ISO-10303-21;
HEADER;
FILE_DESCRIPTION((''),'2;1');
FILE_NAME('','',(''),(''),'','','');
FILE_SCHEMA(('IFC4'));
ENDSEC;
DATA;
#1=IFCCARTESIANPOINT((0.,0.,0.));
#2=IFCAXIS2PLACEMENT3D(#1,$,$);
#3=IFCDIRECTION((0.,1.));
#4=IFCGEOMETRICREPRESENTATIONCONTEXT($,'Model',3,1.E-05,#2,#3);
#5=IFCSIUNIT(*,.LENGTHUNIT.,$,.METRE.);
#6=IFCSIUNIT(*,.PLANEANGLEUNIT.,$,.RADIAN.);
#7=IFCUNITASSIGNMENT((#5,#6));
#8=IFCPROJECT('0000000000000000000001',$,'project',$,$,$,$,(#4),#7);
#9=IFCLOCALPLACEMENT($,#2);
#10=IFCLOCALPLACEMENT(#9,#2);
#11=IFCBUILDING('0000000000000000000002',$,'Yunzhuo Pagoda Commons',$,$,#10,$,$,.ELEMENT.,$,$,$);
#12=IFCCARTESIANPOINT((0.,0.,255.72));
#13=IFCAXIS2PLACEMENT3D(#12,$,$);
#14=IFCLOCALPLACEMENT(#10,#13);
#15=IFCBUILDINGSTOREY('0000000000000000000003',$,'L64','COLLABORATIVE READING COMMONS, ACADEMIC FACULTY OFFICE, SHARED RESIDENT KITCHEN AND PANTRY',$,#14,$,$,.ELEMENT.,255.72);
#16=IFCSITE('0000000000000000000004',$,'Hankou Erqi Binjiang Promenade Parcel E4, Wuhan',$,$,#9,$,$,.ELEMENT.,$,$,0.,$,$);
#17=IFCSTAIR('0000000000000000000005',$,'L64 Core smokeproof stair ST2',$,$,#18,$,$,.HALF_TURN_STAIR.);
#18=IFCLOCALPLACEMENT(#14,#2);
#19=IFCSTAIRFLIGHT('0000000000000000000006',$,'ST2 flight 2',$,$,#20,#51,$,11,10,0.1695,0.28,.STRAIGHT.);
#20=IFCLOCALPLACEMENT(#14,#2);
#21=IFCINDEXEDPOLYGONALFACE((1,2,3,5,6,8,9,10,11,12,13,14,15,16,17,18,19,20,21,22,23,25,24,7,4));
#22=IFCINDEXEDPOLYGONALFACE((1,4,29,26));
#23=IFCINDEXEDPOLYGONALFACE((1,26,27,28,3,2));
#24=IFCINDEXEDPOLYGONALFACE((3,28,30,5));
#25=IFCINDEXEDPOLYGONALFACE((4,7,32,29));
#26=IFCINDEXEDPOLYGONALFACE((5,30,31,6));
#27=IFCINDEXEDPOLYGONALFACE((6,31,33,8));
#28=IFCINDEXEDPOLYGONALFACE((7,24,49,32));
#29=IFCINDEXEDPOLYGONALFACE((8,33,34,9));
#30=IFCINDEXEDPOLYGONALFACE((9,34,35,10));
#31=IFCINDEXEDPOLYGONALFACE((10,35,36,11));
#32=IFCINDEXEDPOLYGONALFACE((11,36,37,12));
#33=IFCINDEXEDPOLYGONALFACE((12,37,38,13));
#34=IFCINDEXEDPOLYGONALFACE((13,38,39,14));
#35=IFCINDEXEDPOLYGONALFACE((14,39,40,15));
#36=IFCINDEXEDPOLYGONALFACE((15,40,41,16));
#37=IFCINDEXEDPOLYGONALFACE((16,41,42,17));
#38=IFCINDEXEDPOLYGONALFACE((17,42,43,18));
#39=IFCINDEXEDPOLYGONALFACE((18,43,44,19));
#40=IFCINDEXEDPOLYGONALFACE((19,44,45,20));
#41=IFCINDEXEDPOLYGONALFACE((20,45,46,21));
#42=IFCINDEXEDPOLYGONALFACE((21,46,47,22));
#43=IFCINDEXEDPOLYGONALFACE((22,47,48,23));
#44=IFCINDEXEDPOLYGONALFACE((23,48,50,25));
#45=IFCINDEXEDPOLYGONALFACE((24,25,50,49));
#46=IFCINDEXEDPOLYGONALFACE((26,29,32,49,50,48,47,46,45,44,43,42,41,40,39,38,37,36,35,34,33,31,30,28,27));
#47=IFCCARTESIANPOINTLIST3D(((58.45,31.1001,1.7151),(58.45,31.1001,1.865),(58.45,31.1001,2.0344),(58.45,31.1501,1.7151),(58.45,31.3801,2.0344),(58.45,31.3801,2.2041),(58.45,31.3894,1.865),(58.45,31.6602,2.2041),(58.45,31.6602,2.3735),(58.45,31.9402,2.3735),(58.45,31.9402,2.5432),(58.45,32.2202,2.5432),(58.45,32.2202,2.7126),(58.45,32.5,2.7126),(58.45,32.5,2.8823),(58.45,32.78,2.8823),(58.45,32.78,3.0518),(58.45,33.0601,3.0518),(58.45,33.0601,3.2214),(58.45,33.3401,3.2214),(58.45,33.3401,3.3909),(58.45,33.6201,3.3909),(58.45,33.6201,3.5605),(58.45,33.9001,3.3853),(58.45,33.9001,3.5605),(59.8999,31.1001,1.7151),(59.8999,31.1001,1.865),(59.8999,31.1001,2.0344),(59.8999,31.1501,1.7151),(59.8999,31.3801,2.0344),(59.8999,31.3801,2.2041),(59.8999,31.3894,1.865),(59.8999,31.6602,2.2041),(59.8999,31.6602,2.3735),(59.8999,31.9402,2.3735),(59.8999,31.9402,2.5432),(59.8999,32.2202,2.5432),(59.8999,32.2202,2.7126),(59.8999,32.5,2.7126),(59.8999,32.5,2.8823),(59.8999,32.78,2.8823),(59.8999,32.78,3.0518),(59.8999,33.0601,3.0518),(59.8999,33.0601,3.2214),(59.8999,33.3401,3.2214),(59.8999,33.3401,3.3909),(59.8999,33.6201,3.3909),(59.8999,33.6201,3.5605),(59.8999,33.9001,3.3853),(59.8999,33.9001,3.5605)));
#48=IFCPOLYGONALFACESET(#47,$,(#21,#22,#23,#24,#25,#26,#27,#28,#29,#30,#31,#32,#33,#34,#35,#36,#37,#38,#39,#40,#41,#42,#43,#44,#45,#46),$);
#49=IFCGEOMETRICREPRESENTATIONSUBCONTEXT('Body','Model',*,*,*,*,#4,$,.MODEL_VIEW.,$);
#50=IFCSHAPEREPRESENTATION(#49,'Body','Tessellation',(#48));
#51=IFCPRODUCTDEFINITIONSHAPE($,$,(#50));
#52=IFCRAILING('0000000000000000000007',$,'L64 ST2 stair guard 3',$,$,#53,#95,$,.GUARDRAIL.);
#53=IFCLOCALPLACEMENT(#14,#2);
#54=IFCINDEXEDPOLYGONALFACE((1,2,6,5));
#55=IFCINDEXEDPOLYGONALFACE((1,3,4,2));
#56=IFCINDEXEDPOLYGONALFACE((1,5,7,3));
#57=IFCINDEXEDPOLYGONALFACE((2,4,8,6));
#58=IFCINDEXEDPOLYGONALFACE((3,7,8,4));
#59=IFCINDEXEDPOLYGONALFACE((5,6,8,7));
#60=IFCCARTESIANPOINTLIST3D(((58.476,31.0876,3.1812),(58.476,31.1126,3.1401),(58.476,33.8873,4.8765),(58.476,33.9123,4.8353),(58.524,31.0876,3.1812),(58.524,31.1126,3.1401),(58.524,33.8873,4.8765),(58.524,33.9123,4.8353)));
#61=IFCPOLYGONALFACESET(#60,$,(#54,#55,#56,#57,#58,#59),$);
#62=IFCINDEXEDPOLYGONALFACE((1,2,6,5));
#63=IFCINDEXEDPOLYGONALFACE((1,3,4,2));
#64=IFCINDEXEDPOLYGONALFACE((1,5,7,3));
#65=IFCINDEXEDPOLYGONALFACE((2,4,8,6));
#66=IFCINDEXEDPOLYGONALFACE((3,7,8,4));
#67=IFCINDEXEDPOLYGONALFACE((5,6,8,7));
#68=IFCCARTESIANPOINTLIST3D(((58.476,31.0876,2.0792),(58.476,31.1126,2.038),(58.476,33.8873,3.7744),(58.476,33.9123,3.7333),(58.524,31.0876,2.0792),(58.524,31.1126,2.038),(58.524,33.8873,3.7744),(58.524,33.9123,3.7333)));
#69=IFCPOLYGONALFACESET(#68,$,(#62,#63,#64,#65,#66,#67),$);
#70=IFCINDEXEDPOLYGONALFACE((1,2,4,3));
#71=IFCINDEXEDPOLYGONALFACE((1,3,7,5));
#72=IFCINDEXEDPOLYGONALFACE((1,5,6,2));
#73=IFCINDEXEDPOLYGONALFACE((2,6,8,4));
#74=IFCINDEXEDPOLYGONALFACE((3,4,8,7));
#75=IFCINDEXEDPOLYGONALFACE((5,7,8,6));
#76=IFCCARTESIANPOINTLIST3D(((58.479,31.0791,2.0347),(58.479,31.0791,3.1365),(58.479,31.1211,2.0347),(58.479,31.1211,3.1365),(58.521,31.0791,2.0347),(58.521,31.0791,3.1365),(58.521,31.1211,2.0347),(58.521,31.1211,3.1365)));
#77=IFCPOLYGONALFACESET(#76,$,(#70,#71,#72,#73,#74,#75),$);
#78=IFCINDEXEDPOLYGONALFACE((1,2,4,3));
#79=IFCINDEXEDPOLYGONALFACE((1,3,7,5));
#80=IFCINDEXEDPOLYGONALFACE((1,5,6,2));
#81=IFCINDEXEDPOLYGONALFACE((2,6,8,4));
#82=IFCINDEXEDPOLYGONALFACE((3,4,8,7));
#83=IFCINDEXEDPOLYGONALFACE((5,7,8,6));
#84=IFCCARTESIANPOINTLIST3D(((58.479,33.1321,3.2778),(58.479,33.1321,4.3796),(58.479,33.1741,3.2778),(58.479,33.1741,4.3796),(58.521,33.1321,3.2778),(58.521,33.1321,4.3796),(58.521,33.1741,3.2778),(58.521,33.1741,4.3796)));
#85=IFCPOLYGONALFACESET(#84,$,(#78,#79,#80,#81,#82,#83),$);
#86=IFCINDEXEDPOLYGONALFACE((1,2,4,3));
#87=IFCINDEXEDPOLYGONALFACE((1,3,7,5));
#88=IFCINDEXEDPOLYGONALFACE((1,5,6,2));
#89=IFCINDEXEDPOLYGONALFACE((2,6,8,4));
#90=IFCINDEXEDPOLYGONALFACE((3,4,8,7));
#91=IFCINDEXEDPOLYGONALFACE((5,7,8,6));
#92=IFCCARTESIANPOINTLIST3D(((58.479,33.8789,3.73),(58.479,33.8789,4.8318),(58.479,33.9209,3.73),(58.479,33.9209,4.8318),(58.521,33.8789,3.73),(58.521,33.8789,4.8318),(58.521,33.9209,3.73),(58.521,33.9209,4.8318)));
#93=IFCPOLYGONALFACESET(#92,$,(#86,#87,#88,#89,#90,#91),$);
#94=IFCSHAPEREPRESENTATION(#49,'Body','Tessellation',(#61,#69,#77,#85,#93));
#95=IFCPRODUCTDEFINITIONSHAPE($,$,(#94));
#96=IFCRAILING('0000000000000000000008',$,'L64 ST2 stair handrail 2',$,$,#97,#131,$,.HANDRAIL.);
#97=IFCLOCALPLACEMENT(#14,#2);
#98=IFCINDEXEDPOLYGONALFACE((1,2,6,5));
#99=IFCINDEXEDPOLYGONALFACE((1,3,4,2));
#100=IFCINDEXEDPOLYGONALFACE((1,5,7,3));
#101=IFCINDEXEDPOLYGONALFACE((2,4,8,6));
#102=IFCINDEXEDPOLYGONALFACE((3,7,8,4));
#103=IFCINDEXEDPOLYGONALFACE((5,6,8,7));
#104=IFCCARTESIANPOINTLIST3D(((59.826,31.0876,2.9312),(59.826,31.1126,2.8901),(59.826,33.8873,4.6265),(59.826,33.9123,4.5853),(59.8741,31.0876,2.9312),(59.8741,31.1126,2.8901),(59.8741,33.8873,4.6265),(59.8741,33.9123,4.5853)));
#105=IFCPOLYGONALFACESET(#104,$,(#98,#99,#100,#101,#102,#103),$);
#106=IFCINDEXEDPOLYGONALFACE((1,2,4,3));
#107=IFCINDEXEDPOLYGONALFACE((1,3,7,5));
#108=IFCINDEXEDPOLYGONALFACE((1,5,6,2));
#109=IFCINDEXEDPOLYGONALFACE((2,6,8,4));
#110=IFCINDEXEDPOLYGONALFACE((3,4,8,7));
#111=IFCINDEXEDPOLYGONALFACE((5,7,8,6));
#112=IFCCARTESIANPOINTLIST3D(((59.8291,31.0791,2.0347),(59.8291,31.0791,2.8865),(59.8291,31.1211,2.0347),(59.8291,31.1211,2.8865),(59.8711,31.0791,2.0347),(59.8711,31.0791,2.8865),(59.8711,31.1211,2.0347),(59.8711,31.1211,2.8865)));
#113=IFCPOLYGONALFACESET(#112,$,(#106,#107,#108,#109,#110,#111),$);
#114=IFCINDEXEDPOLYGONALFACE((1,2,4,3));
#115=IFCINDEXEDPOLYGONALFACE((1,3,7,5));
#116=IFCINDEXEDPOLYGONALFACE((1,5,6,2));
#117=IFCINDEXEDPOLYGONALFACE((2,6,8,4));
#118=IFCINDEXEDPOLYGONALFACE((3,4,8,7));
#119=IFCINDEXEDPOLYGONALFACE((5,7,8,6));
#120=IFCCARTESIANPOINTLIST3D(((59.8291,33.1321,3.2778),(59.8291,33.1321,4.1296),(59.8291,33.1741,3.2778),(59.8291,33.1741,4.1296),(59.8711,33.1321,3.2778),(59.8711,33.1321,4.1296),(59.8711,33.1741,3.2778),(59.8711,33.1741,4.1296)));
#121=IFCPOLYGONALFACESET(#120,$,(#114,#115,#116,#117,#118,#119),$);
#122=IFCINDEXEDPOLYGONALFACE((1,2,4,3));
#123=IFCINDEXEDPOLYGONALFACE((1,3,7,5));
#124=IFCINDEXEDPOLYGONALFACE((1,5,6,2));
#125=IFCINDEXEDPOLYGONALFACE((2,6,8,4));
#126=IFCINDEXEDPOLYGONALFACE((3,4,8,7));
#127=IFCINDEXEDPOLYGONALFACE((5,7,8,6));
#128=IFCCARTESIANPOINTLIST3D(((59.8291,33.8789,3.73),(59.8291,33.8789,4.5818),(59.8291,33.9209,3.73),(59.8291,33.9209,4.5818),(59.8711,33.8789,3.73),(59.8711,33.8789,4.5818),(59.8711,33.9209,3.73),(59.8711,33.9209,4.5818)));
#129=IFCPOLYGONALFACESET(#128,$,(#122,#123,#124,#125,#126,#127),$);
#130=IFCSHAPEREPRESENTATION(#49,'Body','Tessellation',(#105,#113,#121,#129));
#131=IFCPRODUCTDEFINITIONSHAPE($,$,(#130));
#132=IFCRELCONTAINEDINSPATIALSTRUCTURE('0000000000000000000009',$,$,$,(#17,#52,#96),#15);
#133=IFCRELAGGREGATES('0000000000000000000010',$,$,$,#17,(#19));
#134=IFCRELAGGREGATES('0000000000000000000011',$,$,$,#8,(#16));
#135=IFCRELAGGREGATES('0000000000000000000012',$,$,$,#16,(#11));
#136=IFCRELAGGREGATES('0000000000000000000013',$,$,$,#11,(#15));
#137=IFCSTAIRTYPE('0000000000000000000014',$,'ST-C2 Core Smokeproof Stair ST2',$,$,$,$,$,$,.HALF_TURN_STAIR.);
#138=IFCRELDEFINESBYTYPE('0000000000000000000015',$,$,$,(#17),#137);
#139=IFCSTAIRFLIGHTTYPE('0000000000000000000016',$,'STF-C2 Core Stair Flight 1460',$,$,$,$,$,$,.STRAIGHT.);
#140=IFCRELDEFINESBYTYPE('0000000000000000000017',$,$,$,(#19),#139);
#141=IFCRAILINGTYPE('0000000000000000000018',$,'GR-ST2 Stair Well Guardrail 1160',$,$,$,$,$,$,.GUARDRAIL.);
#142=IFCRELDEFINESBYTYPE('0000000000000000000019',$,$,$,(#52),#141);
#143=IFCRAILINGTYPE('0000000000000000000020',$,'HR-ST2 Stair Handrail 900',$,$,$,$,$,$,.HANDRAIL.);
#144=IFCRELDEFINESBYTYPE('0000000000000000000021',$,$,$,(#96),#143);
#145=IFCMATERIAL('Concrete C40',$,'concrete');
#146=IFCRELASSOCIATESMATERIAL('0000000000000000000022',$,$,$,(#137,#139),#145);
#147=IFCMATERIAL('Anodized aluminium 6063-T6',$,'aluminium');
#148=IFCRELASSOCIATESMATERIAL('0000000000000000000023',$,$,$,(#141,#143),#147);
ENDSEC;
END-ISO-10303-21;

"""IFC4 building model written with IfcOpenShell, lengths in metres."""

from ifc_helpers import new_model, si_unit, direction, frame, origin, origin_2d, place, context, subcontext, project, spatial, polyline, rectangle, outline, extrude, source, transform, mapped, material, type_object, element, aggregate, save


model = new_model("IFC4")

# Units and contexts
model_context = context("Model", 3, precision=1e-05, world=origin(), true_north=direction((0.0, 1.0)))
body_context = subcontext(model_context, "Body", "Model", "MODEL_VIEW")
ifc_project = project(units=[si_unit("LENGTHUNIT", "METRE"), si_unit("PLANEANGLEUNIT", "RADIAN")], contexts=[model_context])

# Site, building, storey
site_placement = place(None, origin())
site = spatial("IfcSite", under=ifc_project, at=site_placement, Name="Hankou Erqi Binjiang Promenade Parcel E4, Wuhan", CompositionType="ELEMENT", RefElevation=0.0)
building_placement = place(site_placement, origin())
building = spatial("IfcBuilding", under=site, at=building_placement, Name="Yunzhuo Pagoda Commons", CompositionType="ELEMENT")
storey_placement = place(building_placement, frame((0.0, 0.0, 255.72)))
storey = spatial("IfcBuildingStorey", under=building, at=storey_placement, Name="L64", Description="COLLABORATIVE READING COMMONS, ACADEMIC FACULTY OFFICE, SHARED RESIDENT KITCHEN AND PANTRY", CompositionType="ELEMENT", Elevation=255.72)

# Shared definitions
ifc_material_1 = material(Name="Anodized aluminium 6063-T6", Category="aluminium")

# Stair, stair flight
ifc_material_2 = material(Name="Concrete C40", Category="concrete")
stair_type = type_object("IfcStairType", Name="ST-C2 Core Smokeproof Stair ST2", PredefinedType="HALF_TURN_STAIR", material=ifc_material_2)
stair_placement = place(storey_placement, origin())
stair = element("IfcStair", 1, at=stair_placement, inside=storey, type_object=stair_type, Name="L64 Core smokeproof stair ST2", PredefinedType="HALF_TURN_STAIR")
stair_flight_type = type_object("IfcStairFlightType", Name="STF-C2 Core Stair Flight 1460", PredefinedType="STRAIGHT", material=ifc_material_2)
shared_shape_1 = source(origin(), body_context, "Body", "SweptSolid", [
    extrude(outline(polyline([(0.0, -0.1499), (0.0, 0.0), (0.0, 0.1694), (0.28, 0.1694), (0.28, 0.3391), (0.5601, 0.3391), (0.5601, 0.5085), (0.8401, 0.5085), (0.8401, 0.6782), (1.1201, 0.6782), (1.1201, 0.8477), (1.3999, 0.8477), (1.3999, 1.0173), (1.6799, 1.0173), (1.6799, 1.1868), (1.96, 1.1868), (1.96, 1.3564), (2.24, 1.3564), (2.24, 1.5259), (2.52, 1.5259), (2.52, 1.6956), (2.8, 1.6956), (2.8, 1.865), (2.8, 1.5203), (0.2893, 0.0), (0.05, -0.1499), (0.0, -0.1499)])), frame((0.0, 0.7251, 0.0), z_axis=(0.0, -1.0, 0.0), x_axis=(1.0, 0.0, 0.0)), (0.0, 0.0, 1.0), 1.45),
])
stair_flight_placement = place(storey_placement, frame((59.175, 31.1001, 1.865), z_axis=(0.0, 0.0, 1.0), x_axis=(0.0, 1.0, 0.0)))
stair_flight = element("IfcStairFlight", 2, at=stair_flight_placement, type_object=stair_flight_type, Name="ST2 flight 2", NumberOfRisers=11, NumberOfTreads=10, PredefinedType="STRAIGHT", RiserHeight=0.1695, TreadLength=0.28, context=body_context, shape_type="MappedRepresentation", body=[
    mapped(shared_shape_1, transform((0.0, 0.0, 0.0), scale=1.0)),
])
aggregate(stair, [stair_flight])

# Railings
railing_type_1 = type_object("IfcRailingType", Name="GR-ST2 Stair Well Guardrail 1160", PredefinedType="GUARDRAIL", material=ifc_material_1)
railing_1_placement = place(storey_placement, frame((58.5, 31.1001, 2.0347)))
element("IfcRailing", 3, at=railing_1_placement, inside=storey, type_object=railing_type_1, Name="L64 ST2 stair guard 3", PredefinedType="GUARDRAIL", context=body_context, shape_type="SweptSolid", body=[
    extrude(rectangle(XDim=0.0481, YDim=0.0481, at=origin_2d()), frame((0.0, 0.0, 1.126), z_axis=(0.0, 0.855406, 0.517958), x_axis=(-1.0, 0.0, 0.0)), (0.0, 0.0, 1.0), 3.2729),
    extrude(rectangle(XDim=0.0481, YDim=0.0481, at=origin_2d()), frame((0.0, 0.0, 0.0239), z_axis=(0.0, 0.855406, 0.517958), x_axis=(-1.0, 0.0, 0.0)), (0.0, 0.0, 1.0), 3.2729),
    extrude(rectangle(XDim=0.042, YDim=0.042, at=origin_2d()), origin(), (0.0, 0.0, 1.0), 1.1018),
    extrude(rectangle(XDim=0.042, YDim=0.042, at=origin_2d()), frame((0.0, 2.053, 1.2432)), (0.0, 0.0, 1.0), 1.1018),
    extrude(rectangle(XDim=0.042, YDim=0.042, at=origin_2d()), frame((0.0, 2.7998, 1.6953)), (0.0, 0.0, 1.0), 1.1018),
])
railing_type_2 = type_object("IfcRailingType", Name="HR-ST2 Stair Handrail 900", PredefinedType="HANDRAIL", material=ifc_material_1)
railing_2_placement = place(storey_placement, frame((59.8501, 31.1001, 2.0347)))
element("IfcRailing", 4, at=railing_2_placement, inside=storey, type_object=railing_type_2, Name="L64 ST2 stair handrail 2", PredefinedType="HANDRAIL", context=body_context, shape_type="SweptSolid", body=[
    extrude(rectangle(XDim=0.0481, YDim=0.0481, at=origin_2d()), frame((0.0, 0.0, 0.876), z_axis=(0.0, 0.855406, 0.517958), x_axis=(-1.0, 0.0, 0.0)), (0.0, 0.0, 1.0), 3.2729),
    extrude(rectangle(XDim=0.042, YDim=0.042, at=origin_2d()), origin(), (0.0, 0.0, 1.0), 0.8518),
    extrude(rectangle(XDim=0.042, YDim=0.042, at=origin_2d()), frame((0.0, 2.053, 1.2432)), (0.0, 0.0, 1.0), 0.8518),
    extrude(rectangle(XDim=0.042, YDim=0.042, at=origin_2d()), frame((0.0, 2.7998, 1.6953)), (0.0, 0.0, 1.0), 0.8518),
])

save(model, "model.ifc")
